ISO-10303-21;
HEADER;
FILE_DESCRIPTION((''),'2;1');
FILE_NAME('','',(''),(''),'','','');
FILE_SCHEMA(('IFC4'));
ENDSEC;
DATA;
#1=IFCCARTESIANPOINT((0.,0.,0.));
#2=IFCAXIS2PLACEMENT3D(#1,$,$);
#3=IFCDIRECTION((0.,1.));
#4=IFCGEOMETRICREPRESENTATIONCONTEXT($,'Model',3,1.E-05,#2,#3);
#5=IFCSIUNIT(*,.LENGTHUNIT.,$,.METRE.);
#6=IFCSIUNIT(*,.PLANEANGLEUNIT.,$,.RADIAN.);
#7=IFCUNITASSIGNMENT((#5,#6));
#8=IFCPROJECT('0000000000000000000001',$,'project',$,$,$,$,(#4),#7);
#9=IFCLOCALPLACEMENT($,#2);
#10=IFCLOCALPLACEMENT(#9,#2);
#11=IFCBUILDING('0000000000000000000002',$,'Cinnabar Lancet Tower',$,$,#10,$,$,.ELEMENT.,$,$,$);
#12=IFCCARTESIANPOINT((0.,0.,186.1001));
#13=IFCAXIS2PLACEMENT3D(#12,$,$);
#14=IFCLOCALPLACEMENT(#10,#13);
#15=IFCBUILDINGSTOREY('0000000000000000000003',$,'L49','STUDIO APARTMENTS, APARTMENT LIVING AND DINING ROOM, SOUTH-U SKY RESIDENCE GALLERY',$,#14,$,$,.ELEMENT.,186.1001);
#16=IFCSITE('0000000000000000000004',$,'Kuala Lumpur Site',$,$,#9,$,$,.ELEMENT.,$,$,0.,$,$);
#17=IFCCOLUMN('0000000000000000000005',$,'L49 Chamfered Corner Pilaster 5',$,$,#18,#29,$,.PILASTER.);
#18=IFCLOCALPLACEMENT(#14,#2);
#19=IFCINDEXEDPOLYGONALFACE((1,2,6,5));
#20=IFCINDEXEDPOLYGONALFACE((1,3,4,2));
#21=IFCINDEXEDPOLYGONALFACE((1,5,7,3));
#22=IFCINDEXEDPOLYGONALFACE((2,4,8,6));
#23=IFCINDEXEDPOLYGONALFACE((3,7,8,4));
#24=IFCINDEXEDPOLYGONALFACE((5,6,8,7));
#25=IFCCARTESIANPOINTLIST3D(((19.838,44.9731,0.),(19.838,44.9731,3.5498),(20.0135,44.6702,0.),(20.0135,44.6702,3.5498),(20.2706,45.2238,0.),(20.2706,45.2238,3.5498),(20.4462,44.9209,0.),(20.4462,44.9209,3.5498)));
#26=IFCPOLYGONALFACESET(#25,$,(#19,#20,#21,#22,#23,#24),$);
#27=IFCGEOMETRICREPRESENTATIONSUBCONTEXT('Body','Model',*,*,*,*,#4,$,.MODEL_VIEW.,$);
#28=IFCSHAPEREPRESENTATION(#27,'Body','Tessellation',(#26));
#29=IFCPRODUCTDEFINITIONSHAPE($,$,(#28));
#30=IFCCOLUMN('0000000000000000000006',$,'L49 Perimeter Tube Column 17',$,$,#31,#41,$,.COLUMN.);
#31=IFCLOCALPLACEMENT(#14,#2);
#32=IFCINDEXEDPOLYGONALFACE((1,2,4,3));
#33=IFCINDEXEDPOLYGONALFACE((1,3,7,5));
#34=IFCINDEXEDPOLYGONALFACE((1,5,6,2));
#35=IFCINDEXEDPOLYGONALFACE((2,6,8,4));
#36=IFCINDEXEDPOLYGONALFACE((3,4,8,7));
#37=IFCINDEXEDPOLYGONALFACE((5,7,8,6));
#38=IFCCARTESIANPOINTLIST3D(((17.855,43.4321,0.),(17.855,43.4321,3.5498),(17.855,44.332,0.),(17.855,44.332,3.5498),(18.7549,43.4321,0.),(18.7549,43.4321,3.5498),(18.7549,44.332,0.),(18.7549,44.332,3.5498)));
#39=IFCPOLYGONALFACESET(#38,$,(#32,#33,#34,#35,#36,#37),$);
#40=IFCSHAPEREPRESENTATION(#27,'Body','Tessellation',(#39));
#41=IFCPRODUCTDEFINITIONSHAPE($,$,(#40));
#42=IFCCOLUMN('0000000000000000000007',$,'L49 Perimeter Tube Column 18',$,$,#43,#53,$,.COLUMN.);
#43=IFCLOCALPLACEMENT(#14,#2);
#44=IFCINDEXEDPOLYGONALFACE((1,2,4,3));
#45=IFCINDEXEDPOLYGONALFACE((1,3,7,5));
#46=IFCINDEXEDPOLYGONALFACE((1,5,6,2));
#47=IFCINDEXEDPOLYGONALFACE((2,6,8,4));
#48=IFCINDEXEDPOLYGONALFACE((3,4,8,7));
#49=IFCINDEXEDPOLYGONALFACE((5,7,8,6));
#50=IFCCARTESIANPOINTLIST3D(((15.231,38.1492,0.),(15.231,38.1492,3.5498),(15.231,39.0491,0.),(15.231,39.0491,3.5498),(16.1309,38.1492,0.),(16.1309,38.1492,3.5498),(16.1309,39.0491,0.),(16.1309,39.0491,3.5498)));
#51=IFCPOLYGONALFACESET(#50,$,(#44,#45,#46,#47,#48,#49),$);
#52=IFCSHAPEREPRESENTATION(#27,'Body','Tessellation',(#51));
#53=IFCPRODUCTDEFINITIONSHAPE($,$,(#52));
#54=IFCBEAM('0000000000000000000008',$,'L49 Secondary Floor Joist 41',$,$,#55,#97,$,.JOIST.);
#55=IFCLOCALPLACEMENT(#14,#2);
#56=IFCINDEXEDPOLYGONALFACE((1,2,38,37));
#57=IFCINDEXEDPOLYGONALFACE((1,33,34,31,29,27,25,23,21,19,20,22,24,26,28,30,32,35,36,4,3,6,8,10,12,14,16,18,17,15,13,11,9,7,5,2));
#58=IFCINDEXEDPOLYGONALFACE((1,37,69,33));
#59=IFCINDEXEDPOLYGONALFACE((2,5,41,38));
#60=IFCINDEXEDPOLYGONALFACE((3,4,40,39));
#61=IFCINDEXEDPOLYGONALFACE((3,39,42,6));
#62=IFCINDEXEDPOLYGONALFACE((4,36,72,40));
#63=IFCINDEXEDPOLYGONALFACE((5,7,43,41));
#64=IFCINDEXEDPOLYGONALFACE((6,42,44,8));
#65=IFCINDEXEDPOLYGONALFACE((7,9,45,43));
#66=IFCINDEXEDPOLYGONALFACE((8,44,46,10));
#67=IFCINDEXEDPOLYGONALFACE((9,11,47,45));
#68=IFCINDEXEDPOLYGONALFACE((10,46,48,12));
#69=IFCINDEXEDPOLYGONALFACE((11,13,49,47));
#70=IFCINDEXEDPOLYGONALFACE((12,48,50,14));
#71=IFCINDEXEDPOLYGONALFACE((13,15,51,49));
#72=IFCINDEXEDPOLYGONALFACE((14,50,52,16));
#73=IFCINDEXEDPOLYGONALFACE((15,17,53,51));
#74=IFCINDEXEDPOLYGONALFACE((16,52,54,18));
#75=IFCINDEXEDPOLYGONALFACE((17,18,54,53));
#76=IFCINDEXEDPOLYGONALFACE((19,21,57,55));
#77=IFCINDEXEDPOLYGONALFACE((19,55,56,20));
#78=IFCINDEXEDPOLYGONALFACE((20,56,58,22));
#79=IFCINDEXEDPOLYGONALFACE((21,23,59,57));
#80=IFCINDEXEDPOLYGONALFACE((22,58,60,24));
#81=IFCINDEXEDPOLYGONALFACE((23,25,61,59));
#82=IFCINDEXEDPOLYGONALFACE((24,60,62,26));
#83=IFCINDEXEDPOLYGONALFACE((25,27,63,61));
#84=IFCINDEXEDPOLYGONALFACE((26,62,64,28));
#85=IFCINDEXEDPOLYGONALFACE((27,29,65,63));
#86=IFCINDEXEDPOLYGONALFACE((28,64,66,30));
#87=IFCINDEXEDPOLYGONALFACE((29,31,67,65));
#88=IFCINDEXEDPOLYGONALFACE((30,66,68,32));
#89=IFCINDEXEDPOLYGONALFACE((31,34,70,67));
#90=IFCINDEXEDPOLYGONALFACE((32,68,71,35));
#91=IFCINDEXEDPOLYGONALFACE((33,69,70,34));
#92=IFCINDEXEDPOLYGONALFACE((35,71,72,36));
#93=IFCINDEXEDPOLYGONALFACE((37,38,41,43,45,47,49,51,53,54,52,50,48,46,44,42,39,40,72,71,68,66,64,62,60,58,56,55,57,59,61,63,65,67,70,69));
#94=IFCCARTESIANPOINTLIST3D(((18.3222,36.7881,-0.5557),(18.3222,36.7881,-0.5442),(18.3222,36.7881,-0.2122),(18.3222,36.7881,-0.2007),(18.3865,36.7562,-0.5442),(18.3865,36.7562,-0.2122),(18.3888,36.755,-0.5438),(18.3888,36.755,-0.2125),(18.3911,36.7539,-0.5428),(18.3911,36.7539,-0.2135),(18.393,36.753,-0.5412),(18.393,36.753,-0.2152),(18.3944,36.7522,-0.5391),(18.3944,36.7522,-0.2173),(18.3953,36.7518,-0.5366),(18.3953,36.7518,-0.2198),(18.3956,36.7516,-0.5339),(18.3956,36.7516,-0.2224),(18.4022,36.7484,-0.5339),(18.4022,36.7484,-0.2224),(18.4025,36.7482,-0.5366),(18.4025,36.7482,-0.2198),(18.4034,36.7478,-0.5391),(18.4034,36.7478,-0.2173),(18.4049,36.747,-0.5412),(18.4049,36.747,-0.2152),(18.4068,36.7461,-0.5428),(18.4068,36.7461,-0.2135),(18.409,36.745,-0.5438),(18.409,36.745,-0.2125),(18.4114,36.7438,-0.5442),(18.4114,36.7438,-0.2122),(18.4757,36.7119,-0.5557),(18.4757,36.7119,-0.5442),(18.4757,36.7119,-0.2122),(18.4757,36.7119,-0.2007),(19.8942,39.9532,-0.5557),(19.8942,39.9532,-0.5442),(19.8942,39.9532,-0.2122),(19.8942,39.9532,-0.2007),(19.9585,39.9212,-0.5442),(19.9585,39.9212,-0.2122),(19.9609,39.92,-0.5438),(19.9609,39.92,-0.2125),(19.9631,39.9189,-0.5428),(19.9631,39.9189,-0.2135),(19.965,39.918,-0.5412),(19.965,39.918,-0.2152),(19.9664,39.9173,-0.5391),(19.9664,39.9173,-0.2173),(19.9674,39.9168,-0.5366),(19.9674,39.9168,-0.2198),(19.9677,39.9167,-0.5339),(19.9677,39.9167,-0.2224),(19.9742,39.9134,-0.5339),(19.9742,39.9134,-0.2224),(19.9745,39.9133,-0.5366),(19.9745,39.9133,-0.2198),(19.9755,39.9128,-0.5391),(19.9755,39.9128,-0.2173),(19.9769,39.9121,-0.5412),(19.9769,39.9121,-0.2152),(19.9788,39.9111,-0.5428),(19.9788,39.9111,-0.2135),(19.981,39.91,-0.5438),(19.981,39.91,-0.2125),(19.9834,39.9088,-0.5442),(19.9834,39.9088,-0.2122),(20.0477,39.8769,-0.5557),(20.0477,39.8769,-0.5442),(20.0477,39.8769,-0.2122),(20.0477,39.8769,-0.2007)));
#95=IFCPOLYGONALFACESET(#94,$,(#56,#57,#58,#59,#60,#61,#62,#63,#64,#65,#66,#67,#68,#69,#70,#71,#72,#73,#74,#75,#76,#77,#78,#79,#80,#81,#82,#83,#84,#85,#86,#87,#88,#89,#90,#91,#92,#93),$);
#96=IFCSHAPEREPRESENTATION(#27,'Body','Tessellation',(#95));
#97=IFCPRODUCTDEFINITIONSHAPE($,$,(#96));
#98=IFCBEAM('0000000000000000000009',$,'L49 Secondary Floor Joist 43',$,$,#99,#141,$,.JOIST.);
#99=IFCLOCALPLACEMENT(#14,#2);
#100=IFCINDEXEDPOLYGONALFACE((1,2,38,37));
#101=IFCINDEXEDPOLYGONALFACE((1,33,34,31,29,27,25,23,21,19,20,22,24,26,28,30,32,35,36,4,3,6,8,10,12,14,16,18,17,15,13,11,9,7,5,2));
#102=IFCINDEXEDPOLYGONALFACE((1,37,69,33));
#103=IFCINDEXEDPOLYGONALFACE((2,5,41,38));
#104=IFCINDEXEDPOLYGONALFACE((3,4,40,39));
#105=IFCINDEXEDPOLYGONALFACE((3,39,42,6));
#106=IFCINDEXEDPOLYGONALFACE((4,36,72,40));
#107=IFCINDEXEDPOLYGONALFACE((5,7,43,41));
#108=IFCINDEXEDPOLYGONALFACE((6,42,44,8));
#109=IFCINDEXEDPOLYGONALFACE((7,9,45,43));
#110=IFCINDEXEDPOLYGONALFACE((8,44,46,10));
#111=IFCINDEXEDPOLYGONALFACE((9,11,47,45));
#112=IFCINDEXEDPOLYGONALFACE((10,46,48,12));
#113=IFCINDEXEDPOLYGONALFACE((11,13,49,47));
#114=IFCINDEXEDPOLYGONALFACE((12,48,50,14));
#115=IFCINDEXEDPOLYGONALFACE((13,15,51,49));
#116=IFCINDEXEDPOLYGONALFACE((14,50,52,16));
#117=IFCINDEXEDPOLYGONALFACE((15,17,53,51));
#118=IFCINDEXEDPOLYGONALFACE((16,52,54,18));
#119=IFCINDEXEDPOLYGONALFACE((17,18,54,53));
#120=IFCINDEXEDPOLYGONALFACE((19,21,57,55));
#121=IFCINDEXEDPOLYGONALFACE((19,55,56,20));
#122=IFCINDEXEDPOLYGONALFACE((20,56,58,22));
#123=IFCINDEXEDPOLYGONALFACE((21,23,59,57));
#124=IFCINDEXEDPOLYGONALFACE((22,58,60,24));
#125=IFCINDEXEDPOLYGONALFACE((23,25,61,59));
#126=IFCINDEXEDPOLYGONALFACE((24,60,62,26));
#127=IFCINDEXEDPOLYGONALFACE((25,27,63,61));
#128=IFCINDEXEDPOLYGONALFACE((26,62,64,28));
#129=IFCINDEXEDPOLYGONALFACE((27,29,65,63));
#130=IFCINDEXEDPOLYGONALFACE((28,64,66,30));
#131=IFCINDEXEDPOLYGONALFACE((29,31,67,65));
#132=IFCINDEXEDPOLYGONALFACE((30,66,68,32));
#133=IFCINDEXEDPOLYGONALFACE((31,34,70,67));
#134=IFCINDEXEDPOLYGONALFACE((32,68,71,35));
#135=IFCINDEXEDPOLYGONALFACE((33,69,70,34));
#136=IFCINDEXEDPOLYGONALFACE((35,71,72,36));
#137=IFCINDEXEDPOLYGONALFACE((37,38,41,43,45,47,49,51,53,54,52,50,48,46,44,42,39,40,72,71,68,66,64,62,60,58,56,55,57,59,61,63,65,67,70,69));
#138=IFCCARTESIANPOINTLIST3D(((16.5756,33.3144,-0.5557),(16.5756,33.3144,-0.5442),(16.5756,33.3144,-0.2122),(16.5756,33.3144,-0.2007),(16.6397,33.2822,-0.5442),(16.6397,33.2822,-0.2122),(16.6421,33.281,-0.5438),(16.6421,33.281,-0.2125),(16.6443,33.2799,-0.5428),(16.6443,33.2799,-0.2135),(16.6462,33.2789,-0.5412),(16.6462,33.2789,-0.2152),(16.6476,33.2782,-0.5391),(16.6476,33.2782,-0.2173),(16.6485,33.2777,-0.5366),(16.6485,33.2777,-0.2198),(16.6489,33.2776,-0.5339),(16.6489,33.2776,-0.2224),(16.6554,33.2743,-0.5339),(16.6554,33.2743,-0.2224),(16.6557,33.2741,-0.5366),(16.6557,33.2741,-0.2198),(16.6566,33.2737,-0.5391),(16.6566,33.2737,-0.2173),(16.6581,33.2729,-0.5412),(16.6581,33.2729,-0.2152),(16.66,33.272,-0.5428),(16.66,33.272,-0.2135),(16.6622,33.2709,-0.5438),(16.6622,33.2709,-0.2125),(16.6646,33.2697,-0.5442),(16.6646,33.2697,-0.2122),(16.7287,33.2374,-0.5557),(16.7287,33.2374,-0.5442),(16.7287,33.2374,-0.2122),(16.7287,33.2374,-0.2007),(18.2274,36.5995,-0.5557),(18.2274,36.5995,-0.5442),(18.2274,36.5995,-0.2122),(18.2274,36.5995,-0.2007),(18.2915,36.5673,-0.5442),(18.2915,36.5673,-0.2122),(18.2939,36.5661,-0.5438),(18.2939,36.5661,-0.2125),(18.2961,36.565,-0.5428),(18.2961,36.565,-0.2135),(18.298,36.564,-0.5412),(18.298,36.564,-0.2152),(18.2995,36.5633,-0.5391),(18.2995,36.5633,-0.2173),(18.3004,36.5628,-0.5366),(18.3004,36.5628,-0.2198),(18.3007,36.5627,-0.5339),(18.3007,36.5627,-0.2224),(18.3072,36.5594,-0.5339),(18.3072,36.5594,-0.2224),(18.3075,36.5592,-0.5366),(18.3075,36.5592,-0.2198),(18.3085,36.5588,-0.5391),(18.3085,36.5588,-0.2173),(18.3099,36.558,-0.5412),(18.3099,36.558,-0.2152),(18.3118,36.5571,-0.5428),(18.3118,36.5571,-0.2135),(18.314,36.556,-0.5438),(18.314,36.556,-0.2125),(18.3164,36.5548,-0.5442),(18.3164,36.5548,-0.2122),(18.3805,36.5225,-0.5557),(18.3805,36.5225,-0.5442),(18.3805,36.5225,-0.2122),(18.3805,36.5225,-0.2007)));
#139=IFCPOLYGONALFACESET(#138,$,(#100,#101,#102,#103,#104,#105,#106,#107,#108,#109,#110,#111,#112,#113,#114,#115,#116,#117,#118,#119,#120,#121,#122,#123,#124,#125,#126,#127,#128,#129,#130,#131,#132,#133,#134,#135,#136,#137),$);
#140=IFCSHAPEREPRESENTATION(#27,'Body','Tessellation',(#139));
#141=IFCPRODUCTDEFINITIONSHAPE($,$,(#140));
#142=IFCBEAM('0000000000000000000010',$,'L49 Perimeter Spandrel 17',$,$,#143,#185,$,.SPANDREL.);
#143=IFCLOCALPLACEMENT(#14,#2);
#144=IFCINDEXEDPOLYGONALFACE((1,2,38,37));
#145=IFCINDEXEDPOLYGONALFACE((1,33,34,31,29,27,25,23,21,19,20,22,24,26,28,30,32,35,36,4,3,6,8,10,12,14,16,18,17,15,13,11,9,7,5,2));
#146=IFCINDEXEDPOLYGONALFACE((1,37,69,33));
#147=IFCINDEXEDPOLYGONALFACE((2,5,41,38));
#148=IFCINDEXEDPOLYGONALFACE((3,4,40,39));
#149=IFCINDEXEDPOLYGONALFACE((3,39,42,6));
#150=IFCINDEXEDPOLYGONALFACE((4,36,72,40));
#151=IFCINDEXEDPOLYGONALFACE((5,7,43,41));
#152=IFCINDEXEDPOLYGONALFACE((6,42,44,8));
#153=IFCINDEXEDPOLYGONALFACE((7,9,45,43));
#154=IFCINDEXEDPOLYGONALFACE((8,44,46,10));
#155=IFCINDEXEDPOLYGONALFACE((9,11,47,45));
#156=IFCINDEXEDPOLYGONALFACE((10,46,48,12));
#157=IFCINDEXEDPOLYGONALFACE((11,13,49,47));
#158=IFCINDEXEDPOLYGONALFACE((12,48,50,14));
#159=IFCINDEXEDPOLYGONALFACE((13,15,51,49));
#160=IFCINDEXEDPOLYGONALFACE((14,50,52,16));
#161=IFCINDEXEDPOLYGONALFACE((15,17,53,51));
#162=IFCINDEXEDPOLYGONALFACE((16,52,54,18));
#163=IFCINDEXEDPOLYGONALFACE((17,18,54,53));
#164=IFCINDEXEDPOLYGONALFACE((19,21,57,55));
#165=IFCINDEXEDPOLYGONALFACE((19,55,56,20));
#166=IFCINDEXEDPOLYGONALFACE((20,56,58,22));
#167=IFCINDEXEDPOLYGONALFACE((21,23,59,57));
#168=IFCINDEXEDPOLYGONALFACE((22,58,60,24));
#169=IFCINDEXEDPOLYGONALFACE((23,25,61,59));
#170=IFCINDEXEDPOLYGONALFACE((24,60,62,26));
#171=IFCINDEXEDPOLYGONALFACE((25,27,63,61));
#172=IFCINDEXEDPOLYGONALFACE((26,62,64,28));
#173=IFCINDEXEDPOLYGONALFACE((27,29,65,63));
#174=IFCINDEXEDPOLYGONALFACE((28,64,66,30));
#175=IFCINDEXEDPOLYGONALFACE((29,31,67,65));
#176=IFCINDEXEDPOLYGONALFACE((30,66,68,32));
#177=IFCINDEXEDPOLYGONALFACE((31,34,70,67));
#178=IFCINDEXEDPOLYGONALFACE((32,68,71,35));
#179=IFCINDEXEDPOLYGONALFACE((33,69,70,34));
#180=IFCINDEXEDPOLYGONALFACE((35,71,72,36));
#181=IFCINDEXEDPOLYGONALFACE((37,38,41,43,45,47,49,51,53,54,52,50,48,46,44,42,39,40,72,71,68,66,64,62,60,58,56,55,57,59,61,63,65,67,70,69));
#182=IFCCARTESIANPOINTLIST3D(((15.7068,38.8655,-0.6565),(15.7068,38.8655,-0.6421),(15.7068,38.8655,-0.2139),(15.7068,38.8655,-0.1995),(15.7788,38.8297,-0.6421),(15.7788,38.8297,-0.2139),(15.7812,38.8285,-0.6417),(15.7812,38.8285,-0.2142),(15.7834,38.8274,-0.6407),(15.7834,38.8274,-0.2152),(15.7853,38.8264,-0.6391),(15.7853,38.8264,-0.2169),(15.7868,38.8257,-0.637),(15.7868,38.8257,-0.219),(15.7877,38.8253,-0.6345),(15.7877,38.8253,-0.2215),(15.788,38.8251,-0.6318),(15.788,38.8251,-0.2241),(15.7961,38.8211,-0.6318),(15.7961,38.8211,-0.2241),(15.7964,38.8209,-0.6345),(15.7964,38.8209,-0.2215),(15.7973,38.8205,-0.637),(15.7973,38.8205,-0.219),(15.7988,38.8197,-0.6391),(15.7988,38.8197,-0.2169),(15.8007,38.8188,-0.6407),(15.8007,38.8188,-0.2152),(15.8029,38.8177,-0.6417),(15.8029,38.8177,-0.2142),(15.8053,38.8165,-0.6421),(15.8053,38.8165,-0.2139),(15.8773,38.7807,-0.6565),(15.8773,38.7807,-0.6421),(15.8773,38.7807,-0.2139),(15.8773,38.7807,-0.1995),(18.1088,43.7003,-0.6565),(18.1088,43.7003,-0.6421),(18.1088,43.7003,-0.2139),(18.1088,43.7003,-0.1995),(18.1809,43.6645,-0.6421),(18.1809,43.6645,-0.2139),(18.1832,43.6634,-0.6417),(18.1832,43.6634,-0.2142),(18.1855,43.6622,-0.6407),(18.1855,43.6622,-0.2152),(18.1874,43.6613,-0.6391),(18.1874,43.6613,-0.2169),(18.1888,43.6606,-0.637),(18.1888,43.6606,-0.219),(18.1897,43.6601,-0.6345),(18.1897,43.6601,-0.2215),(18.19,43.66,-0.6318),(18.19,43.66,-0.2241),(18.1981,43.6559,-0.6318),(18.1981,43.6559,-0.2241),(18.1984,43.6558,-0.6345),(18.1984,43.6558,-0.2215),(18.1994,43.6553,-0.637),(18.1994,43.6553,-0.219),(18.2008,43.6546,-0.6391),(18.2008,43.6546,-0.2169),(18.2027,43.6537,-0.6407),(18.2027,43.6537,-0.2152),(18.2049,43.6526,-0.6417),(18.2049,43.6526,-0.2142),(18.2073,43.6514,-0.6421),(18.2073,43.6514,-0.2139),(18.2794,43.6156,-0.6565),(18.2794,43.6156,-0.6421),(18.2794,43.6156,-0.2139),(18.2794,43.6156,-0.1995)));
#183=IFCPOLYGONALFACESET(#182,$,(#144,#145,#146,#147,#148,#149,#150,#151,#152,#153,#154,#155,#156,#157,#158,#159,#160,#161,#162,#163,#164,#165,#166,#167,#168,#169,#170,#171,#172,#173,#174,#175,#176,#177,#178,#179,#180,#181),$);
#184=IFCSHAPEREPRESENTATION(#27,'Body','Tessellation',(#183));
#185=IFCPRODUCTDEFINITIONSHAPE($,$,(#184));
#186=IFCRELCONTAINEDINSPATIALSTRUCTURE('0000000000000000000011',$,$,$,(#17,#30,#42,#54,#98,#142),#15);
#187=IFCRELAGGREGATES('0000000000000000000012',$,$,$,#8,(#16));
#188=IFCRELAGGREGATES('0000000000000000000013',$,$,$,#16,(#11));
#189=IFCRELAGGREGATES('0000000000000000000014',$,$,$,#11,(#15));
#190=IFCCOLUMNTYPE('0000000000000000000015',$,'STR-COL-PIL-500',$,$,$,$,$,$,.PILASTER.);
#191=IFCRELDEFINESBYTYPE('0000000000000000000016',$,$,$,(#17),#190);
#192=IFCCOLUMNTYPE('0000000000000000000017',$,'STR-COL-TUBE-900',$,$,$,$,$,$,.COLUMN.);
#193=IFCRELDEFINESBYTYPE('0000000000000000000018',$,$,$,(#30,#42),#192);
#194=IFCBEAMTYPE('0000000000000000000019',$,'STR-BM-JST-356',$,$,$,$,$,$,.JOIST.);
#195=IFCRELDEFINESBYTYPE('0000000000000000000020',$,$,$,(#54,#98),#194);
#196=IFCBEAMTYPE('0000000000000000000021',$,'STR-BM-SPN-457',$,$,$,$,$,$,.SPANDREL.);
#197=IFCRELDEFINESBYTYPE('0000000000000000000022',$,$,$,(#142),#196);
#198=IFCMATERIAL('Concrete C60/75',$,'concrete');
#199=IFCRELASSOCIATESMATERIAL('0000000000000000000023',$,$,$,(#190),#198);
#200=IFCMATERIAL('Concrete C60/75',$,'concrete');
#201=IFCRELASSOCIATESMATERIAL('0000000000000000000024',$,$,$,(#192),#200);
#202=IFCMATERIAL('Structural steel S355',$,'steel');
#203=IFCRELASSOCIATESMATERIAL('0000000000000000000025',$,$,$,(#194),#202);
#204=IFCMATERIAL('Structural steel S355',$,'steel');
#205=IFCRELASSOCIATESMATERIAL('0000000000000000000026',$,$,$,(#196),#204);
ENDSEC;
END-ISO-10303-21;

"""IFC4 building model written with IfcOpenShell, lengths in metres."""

from ifc_helpers import new_model, si_unit, direction, frame, origin, origin_2d, place, context, subcontext, project, spatial, rectangle, i_section, extrude, material, material_profile, profile_set, type_object, element, save


model = new_model("IFC4")

# Units and contexts
model_context = context("Model", 3, precision=1e-05, world=origin(), true_north=direction((0.0, 1.0)))
body_context = subcontext(model_context, "Body", "Model", "MODEL_VIEW")
ifc_project = project(units=[si_unit("LENGTHUNIT", "METRE"), si_unit("PLANEANGLEUNIT", "RADIAN")], contexts=[model_context])

# Site, building, storey
site_placement = place(None, origin())
site = spatial("IfcSite", under=ifc_project, at=site_placement, Name="Kuala Lumpur Site", CompositionType="ELEMENT", RefElevation=0.0)
building_placement = place(site_placement, origin())
building = spatial("IfcBuilding", under=site, at=building_placement, Name="Cinnabar Lancet Tower", CompositionType="ELEMENT")
storey_placement = place(building_placement, frame((0.0, 0.0, 186.1001)))
storey = spatial("IfcBuildingStorey", under=building, at=storey_placement, Name="L49", Description="STUDIO APARTMENTS, APARTMENT LIVING AND DINING ROOM, SOUTH-U SKY RESIDENCE GALLERY", CompositionType="ELEMENT", Elevation=186.1001)

# Columns
ifc_material_1 = material(Name="Concrete C60/75", Category="concrete")
ifc_material_profile_1 = material_profile(ifc_material_1, rectangle(XDim=0.5, YDim=0.3501, at=origin_2d()), Name="RC-PIL 500x350")
ifc_profile_set_1 = profile_set([ifc_material_profile_1], Name="Concrete C60/75")
column_type_1 = type_object("IfcColumnType", Name="STR-COL-PIL-500", PredefinedType="PILASTER", material=ifc_profile_set_1)
column_placement = place(storey_placement, frame((20.1421, 44.947, 0.0), z_axis=(0.0, 0.0, 1.0), x_axis=(-0.86523, -0.501375, 0.0)))
element("IfcColumn", 1, at=column_placement, inside=storey, type_object=column_type_1, Name="L49 Chamfered Corner Pilaster 5", PredefinedType="PILASTER", context=body_context, shape_type="SweptSolid", body=[
    extrude(rectangle(XDim=0.5, YDim=0.3501, at=origin_2d()), origin(), (0.0, 0.0, 1.0), 3.5498),
])
ifc_material_2 = material(Name="Concrete C60/75", Category="concrete")
ifc_material_profile_2 = material_profile(ifc_material_2, rectangle(XDim=0.8999, YDim=0.8999, at=origin_2d()), Name="RC-COL 900x900")
ifc_profile_set_2 = profile_set([ifc_material_profile_2], Name="Concrete C60/75")
column_type_2 = type_object("IfcColumnType", Name="STR-COL-TUBE-900", PredefinedType="COLUMN", material=ifc_profile_set_2)
for number, where, z_axis, x_axis, name in (
    (2, (18.3049, 43.8821, 0.0), (0.0, 0.0, 1.0), (1.0, 0.0, 0.0), "L49 Perimeter Tube Column 17"),
    (3, (15.6809, 38.5991, 0.0), (0.0, 0.0, 1.0), (1.0, 0.0, 0.0), "L49 Perimeter Tube Column 18"),
):
    element("IfcColumn", number, at=place(storey_placement, frame(where, z_axis=z_axis, x_axis=x_axis)), inside=storey, type_object=column_type_2, Name=name, PredefinedType="COLUMN", context=body_context, shape_type="SweptSolid", body=[
        extrude(rectangle(XDim=0.8999, YDim=0.8999, at=origin_2d()), origin(), (0.0, 0.0, 1.0), 3.5498),
    ])

# Beams
ifc_material_3 = material(Name="Structural steel S355", Category="steel")
ifc_material_profile_3 = material_profile(ifc_material_3, i_section(OverallWidth=0.1714, OverallDepth=0.355, WebThickness=0.0073, FlangeThickness=0.0115, FilletRadius=0.0103, at=origin_2d()), Name="UKB 356x171x51")
ifc_profile_set_3 = profile_set([ifc_material_profile_3], Name="Structural steel S355")
beam_type_1 = type_object("IfcBeamType", Name="STR-BM-JST-356", PredefinedType="JOIST", material=ifc_profile_set_3)
beam_1_placement = place(storey_placement, frame((19.9709, 39.915, -0.3782), z_axis=(-0.444836, -0.895612, 0.0), x_axis=(0.895612, -0.444836, 0.0)))
element("IfcBeam", 4, at=beam_1_placement, inside=storey, type_object=beam_type_1, Name="L49 Secondary Floor Joist 41", PredefinedType="JOIST", context=body_context, shape_type="SweptSolid", body=[
    extrude(i_section(OverallWidth=0.1714, OverallDepth=0.355, WebThickness=0.0073, FlangeThickness=0.0115, FilletRadius=0.0103, at=origin_2d()), origin(), (0.0, 0.0, 1.0), 3.5339),
])
beam_2_placement = place(storey_placement, frame((18.304, 36.561, -0.3782), z_axis=(-0.449231, -0.893416, 0.0), x_axis=(0.893416, -0.449231, 0.0)))
element("IfcBeam", 5, at=beam_2_placement, inside=storey, type_object=beam_type_1, Name="L49 Secondary Floor Joist 43", PredefinedType="JOIST", context=body_context, shape_type="SweptSolid", body=[
    extrude(i_section(OverallWidth=0.1714, OverallDepth=0.355, WebThickness=0.0073, FlangeThickness=0.0115, FilletRadius=0.0103, at=origin_2d()), origin(), (0.0, 0.0, 1.0), 3.677),
])
ifc_material_4 = material(Name="Structural steel S355", Category="steel")
ifc_material_profile_4 = material_profile(ifc_material_4, i_section(OverallWidth=0.1904, OverallDepth=0.457, WebThickness=0.009, FlangeThickness=0.0144, FilletRadius=0.0103, at=origin_2d()), Name="UKB 457x191x74")
ifc_profile_set_4 = profile_set([ifc_material_profile_4], Name="Structural steel S355")
beam_type_2 = type_object("IfcBeamType", Name="STR-BM-SPN-457", PredefinedType="SPANDREL", material=ifc_profile_set_4)
beam_3_placement = place(storey_placement, frame((18.1941, 43.658, -0.428), z_axis=(-0.444933, -0.895564, 0.0), x_axis=(0.895564, -0.444933, 0.0)))
element("IfcBeam", 6, at=beam_3_placement, inside=storey, type_object=beam_type_2, Name="L49 Perimeter Spandrel 17", PredefinedType="SPANDREL", context=body_context, shape_type="SweptSolid", body=[
    extrude(i_section(OverallWidth=0.1904, OverallDepth=0.457, WebThickness=0.009, FlangeThickness=0.0144, FilletRadius=0.0103, at=origin_2d()), origin(), (0.0, 0.0, 1.0), 5.3987),
])

save(model, "model.ifc")
